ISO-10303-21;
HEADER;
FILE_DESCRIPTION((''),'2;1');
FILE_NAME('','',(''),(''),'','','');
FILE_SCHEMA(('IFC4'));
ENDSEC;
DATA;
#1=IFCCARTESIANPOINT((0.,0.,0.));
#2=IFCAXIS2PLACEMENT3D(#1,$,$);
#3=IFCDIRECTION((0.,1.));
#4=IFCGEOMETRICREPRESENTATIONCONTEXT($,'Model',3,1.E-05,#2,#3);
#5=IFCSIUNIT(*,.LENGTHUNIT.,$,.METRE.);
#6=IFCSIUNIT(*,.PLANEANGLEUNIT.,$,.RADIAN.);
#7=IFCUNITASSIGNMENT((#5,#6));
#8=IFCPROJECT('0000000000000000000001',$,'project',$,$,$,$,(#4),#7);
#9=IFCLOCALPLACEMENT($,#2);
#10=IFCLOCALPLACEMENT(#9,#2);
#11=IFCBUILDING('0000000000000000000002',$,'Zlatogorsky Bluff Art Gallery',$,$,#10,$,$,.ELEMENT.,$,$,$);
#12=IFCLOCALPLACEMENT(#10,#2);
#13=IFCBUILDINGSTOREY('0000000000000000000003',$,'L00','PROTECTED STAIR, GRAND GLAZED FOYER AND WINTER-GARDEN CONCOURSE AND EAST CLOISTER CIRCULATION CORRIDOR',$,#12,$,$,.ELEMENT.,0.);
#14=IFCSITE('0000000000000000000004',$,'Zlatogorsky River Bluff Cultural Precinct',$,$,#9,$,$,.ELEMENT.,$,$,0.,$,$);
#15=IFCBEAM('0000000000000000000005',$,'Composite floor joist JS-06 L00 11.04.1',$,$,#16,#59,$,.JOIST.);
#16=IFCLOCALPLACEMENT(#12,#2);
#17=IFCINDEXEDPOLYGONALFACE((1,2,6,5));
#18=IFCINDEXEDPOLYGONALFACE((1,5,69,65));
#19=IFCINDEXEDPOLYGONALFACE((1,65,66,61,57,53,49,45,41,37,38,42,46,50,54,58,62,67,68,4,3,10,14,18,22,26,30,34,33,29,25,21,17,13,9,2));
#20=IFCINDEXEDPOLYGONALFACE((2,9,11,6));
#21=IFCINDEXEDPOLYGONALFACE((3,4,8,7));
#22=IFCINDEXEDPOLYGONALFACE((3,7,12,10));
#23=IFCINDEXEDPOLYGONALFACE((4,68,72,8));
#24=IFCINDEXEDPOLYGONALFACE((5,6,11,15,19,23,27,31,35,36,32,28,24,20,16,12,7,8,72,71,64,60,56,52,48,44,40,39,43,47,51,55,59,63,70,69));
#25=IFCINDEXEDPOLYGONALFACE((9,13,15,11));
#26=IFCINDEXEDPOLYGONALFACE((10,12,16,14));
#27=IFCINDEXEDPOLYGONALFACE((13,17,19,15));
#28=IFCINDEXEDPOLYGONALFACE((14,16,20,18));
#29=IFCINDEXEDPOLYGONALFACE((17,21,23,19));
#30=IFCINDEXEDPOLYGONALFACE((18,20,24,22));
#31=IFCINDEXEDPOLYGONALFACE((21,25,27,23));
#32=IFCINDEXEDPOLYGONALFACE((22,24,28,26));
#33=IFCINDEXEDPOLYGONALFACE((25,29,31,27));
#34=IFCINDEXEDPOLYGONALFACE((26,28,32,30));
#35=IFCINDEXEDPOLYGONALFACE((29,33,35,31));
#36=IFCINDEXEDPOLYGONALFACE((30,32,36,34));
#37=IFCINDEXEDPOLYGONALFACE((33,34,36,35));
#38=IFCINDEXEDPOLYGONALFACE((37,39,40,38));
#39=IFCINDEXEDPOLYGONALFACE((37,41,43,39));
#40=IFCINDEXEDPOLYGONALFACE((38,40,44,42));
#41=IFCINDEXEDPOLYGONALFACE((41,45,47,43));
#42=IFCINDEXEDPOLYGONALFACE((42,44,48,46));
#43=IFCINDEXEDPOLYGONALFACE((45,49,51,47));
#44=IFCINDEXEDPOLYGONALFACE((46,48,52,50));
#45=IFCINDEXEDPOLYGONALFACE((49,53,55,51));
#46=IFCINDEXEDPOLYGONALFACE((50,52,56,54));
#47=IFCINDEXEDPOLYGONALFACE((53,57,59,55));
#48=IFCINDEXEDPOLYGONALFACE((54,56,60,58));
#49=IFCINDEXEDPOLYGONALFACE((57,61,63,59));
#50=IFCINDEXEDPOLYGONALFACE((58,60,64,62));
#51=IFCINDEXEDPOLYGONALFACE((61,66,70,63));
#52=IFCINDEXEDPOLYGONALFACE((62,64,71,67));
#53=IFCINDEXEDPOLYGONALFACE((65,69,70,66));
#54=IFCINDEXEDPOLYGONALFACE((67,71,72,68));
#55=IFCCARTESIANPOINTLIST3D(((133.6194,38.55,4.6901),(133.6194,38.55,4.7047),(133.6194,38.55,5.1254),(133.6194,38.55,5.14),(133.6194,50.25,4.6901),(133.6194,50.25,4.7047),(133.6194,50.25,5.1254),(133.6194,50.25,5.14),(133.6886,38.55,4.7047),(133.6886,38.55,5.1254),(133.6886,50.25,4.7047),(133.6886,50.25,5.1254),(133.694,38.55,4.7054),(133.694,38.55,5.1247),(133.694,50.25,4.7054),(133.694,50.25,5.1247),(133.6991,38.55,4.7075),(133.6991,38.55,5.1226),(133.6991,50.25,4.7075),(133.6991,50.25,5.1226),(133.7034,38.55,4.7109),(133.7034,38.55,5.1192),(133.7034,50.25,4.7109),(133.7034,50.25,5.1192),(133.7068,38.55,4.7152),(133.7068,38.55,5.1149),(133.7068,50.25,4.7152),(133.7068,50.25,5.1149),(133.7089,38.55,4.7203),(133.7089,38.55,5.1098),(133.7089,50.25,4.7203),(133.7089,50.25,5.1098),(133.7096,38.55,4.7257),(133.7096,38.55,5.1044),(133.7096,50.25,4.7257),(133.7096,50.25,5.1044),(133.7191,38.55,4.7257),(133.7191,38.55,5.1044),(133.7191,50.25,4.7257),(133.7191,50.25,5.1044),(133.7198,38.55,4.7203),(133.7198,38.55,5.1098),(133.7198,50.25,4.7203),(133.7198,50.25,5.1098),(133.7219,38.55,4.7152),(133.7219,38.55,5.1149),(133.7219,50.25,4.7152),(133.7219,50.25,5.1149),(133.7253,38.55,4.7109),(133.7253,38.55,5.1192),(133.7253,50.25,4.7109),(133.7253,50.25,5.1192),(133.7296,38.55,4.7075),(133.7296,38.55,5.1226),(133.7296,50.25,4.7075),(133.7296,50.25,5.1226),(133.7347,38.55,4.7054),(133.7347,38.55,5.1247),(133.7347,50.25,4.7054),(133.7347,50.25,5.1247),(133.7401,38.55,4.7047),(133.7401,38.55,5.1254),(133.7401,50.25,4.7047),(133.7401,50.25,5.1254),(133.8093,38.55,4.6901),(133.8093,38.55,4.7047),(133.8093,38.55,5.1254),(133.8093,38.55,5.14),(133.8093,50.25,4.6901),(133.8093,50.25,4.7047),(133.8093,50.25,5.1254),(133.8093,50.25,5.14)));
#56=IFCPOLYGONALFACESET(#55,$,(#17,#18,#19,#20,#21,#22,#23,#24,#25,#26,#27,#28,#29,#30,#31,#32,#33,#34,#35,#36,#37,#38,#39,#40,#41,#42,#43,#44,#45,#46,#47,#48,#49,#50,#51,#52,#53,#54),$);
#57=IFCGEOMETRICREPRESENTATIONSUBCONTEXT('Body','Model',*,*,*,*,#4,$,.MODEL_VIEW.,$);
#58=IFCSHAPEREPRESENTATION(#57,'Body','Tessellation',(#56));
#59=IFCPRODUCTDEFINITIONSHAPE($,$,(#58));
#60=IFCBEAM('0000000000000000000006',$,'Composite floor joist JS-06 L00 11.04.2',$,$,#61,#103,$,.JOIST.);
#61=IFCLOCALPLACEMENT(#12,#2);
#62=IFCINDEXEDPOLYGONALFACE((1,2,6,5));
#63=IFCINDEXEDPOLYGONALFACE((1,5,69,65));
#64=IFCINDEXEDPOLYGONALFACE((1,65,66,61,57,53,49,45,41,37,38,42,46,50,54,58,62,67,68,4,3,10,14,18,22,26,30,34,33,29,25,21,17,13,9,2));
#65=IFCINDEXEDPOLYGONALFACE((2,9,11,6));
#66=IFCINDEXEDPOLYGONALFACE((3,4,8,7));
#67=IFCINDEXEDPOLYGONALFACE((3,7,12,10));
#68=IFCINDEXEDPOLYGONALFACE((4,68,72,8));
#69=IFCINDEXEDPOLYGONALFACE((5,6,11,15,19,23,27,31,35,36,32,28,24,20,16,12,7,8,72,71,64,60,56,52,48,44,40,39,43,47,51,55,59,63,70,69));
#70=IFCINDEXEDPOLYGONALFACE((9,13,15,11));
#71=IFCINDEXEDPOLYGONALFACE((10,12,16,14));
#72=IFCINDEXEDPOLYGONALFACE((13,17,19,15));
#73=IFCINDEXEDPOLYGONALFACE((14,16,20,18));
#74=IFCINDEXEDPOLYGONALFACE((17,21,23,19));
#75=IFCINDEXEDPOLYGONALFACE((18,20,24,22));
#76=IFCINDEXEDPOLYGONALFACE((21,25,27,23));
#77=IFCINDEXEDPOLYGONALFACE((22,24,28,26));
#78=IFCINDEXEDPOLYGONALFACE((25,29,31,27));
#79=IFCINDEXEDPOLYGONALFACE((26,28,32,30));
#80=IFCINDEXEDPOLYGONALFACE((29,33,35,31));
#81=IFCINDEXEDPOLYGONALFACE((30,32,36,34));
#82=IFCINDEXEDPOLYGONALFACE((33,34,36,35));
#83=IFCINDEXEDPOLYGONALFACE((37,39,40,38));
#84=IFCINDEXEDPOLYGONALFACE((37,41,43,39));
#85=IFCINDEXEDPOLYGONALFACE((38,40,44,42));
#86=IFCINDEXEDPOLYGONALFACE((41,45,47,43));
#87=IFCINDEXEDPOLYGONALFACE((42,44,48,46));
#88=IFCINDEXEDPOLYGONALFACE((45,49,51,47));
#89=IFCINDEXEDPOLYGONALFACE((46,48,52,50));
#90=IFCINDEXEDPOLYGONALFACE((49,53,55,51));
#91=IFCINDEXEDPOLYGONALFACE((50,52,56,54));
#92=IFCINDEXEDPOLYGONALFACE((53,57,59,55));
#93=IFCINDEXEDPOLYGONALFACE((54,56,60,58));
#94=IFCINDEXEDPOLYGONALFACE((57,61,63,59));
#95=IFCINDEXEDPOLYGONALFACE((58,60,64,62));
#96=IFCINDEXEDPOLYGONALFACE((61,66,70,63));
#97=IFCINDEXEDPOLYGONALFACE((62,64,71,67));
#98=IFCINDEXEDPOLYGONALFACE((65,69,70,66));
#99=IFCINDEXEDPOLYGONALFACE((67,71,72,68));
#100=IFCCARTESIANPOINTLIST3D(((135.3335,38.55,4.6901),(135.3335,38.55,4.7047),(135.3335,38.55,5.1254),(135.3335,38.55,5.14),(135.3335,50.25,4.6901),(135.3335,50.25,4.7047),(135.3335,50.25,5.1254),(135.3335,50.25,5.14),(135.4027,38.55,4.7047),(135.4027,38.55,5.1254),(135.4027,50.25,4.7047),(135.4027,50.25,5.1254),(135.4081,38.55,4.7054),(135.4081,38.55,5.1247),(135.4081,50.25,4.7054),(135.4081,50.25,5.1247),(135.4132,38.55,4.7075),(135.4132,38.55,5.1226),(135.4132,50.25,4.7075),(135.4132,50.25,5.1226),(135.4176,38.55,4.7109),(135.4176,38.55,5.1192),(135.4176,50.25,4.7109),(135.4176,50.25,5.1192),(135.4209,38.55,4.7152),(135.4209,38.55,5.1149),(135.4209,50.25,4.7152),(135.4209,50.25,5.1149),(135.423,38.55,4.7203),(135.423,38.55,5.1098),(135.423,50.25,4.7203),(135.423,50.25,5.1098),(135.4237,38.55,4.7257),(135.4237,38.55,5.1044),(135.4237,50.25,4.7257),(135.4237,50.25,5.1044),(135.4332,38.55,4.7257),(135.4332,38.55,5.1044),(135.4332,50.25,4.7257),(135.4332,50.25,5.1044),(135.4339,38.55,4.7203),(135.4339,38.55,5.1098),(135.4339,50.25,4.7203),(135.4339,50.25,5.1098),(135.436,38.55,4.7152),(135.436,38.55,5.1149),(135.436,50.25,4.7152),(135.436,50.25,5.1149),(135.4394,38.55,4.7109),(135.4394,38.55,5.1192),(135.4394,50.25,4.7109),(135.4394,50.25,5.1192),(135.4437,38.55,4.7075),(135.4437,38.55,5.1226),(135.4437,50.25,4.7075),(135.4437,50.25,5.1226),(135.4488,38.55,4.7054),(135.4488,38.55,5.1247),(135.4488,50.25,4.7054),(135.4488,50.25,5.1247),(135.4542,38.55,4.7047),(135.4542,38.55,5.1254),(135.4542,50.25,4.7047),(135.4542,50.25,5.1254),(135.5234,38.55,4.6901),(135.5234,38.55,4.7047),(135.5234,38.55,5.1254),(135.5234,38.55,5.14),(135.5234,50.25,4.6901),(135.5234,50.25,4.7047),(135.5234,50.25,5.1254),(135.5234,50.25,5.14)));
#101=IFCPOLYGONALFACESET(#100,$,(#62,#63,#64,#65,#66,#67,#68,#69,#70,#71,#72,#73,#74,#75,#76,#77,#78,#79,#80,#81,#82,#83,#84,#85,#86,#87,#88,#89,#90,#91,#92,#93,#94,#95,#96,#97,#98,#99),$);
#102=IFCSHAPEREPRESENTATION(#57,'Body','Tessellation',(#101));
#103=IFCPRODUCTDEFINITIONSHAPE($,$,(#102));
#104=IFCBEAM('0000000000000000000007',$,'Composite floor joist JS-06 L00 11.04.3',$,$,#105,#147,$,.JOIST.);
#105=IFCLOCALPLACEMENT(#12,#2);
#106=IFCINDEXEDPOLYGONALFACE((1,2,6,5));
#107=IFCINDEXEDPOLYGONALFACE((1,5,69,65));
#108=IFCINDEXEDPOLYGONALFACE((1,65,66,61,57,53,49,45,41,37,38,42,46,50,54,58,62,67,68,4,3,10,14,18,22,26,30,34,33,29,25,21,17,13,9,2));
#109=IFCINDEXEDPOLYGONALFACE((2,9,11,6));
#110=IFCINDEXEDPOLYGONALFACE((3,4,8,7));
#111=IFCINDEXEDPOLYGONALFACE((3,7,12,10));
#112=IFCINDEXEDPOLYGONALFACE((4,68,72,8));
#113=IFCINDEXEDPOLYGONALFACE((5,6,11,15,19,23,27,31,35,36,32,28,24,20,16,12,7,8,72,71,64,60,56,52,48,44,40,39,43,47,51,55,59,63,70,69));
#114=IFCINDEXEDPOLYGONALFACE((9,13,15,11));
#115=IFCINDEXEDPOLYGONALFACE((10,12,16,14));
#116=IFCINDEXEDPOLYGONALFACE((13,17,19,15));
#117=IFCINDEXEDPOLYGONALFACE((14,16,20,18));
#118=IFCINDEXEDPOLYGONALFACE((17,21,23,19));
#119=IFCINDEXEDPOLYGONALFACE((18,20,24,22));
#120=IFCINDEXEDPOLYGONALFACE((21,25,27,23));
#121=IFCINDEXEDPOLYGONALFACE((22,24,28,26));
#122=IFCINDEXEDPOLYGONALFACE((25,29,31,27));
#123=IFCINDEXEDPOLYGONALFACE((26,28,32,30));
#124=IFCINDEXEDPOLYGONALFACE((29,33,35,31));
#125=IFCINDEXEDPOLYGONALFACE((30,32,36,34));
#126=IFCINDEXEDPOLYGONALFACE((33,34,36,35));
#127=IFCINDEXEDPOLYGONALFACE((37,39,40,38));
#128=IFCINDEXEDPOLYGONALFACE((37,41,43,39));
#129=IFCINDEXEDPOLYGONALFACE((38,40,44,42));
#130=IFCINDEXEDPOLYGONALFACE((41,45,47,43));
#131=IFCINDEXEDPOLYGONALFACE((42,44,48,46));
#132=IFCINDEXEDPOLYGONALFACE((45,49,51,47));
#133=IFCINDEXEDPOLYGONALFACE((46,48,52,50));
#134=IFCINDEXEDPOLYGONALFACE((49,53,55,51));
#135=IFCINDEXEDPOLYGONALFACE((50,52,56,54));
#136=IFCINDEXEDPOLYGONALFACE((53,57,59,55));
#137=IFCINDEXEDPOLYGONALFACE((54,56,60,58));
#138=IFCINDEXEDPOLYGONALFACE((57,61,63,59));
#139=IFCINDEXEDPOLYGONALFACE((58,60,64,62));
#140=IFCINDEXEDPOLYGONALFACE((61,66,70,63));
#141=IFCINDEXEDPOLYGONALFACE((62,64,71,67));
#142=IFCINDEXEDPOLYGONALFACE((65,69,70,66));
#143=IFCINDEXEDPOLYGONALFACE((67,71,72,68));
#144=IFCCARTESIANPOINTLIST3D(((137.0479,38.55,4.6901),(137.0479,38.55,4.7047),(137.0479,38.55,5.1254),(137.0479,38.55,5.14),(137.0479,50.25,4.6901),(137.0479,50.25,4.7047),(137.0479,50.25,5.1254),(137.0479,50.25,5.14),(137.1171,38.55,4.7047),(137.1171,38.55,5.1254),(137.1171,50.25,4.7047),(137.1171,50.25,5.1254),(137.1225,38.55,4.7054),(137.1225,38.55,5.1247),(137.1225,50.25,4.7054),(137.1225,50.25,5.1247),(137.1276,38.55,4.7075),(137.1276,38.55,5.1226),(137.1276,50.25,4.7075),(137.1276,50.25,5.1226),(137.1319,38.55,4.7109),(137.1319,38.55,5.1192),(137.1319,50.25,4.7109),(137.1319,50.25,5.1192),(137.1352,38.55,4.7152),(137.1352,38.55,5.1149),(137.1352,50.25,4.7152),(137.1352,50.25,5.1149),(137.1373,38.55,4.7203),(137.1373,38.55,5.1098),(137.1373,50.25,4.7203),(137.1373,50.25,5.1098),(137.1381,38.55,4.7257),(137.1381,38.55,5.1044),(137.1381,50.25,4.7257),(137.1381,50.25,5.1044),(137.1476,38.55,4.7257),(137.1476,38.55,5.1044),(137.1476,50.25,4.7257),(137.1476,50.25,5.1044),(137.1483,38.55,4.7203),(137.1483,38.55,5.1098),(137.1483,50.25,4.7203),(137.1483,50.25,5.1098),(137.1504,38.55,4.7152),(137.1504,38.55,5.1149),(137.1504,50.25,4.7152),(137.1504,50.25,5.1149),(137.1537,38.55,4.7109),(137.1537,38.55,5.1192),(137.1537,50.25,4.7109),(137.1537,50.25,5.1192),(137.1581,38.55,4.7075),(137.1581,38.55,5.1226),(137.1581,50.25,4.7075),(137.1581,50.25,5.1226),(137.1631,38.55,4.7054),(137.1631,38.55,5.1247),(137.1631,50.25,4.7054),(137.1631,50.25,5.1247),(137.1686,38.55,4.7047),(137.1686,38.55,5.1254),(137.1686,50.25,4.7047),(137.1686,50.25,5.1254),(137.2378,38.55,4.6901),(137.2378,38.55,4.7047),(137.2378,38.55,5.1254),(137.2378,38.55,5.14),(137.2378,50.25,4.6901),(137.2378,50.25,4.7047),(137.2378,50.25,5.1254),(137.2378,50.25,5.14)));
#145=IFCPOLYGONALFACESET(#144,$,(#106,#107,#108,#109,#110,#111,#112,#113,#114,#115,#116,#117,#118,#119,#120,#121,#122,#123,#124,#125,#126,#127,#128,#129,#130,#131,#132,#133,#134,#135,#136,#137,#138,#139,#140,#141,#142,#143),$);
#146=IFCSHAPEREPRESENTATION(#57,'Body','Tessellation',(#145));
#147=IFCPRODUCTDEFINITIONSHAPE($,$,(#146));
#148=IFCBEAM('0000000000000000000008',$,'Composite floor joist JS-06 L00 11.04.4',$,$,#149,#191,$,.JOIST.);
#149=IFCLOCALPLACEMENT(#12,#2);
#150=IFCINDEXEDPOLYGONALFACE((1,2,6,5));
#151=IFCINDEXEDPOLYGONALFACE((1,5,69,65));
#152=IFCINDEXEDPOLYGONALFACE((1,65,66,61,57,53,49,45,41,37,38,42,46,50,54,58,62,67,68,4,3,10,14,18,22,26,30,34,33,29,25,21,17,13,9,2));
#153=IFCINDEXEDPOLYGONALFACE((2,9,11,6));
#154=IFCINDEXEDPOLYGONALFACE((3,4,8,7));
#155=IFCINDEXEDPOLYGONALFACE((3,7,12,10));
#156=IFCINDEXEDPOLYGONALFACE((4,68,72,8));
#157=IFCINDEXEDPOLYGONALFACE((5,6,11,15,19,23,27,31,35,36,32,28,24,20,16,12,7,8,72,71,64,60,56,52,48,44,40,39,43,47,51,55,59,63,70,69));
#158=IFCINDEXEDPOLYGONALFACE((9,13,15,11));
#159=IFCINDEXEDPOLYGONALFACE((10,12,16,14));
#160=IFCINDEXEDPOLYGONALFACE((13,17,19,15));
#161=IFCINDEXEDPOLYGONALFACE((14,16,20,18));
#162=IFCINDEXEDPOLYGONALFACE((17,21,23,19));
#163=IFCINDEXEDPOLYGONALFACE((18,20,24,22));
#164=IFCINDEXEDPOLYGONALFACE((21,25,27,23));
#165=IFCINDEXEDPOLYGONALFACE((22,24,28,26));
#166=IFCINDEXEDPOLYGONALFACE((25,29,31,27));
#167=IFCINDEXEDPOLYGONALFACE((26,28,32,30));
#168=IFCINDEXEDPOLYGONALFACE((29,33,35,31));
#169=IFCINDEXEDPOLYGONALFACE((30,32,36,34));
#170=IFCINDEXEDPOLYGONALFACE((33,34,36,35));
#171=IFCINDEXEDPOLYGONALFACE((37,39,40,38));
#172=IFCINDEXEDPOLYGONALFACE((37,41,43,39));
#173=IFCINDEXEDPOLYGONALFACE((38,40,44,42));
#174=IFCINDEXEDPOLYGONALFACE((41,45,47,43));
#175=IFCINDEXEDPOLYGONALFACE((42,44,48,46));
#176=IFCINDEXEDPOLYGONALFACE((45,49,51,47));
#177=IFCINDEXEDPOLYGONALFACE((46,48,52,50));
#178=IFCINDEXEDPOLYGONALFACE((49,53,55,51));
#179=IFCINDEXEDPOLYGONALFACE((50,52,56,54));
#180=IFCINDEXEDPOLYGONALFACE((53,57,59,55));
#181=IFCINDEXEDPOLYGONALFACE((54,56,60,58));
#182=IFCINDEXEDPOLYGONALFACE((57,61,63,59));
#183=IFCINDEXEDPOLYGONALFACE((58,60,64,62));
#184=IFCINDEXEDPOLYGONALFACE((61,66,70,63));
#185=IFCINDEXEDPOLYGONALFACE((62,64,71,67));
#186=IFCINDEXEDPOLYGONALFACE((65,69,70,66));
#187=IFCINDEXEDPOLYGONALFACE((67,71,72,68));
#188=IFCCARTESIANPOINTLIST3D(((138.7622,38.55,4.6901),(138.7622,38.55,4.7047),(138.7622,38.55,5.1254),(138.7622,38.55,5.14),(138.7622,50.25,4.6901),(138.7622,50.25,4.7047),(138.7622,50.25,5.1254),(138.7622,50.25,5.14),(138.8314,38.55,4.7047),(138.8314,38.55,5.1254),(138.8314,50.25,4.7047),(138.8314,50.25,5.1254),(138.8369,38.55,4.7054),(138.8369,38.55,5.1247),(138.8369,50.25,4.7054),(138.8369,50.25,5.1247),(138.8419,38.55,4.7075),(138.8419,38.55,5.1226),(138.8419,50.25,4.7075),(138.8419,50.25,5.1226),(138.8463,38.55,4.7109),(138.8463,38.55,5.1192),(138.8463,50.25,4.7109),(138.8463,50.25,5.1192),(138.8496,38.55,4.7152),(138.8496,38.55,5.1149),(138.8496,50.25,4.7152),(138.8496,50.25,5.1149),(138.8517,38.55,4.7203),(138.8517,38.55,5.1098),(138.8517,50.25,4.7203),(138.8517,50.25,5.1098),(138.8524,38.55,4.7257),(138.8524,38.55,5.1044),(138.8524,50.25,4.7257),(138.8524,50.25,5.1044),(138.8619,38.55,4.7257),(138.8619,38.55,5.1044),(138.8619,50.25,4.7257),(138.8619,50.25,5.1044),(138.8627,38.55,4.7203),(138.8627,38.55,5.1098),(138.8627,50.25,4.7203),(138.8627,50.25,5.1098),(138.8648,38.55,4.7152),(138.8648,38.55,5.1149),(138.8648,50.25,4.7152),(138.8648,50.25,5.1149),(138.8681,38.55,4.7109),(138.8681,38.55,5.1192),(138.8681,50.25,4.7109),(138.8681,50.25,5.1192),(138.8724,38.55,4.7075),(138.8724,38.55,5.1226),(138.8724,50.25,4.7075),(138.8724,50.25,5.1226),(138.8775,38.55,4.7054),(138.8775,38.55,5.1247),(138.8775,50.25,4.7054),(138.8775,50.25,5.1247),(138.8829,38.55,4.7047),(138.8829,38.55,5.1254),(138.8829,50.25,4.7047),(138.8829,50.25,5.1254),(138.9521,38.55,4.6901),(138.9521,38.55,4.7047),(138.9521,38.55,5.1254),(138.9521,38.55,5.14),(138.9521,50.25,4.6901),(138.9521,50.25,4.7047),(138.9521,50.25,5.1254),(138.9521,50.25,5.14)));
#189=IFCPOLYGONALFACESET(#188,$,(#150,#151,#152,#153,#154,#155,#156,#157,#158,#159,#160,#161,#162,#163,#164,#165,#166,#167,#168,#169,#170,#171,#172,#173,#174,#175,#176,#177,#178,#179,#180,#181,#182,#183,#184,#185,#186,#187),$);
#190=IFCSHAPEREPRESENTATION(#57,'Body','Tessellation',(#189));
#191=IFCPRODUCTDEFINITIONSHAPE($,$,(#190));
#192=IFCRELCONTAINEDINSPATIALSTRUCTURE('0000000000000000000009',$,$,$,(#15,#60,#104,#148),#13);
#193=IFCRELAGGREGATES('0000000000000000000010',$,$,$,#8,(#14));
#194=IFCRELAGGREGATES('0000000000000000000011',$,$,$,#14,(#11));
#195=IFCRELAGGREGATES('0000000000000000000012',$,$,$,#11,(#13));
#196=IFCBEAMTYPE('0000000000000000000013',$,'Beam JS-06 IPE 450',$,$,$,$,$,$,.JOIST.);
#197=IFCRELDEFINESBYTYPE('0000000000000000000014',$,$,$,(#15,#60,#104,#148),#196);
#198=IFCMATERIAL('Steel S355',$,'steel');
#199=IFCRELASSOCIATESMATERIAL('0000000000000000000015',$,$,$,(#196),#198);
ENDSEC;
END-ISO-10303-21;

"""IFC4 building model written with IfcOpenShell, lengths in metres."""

from ifc_helpers import new_model, si_unit, direction, frame, origin, origin_2d, place, context, subcontext, project, spatial, i_section, extrude, material, material_profile, profile_set, type_object, element, save


model = new_model("IFC4")

# Units and contexts
model_context = context("Model", 3, precision=1e-05, world=origin(), true_north=direction((0.0, 1.0)))
body_context = subcontext(model_context, "Body", "Model", "MODEL_VIEW")
ifc_project = project(units=[si_unit("LENGTHUNIT", "METRE"), si_unit("PLANEANGLEUNIT", "RADIAN")], contexts=[model_context])

# Site, building, storey
site_placement = place(None, origin())
site = spatial("IfcSite", under=ifc_project, at=site_placement, Name="Zlatogorsky River Bluff Cultural Precinct", CompositionType="ELEMENT", RefElevation=0.0)
building_placement = place(site_placement, origin())
building = spatial("IfcBuilding", under=site, at=building_placement, Name="Zlatogorsky Bluff Art Gallery", CompositionType="ELEMENT")
storey_placement = place(building_placement, origin())
storey = spatial("IfcBuildingStorey", under=building, at=storey_placement, Name="L00", Description="PROTECTED STAIR, GRAND GLAZED FOYER AND WINTER-GARDEN CONCOURSE AND EAST CLOISTER CIRCULATION CORRIDOR", CompositionType="ELEMENT", Elevation=0.0)

# Beams
ifc_material_1 = material(Name="Steel S355", Category="steel")
ifc_material_profile_1 = material_profile(ifc_material_1, i_section(OverallWidth=0.1899, OverallDepth=0.45, WebThickness=0.0095, FlangeThickness=0.0146, FilletRadius=0.021, at=origin_2d()), Name="IPE 450")
ifc_profile_set_1 = profile_set([ifc_material_profile_1], Name="Steel S355")
beam_type_1 = type_object("IfcBeamType", Name="Beam JS-06 IPE 450", PredefinedType="JOIST", material=ifc_profile_set_1)
for number, where, z_axis, x_axis, name in (
    (1, (133.7144, 38.55, 4.915), (0.0, 1.0, 0.0), (-1.0, 0.0, 0.0), "Composite floor joist JS-06 L00 11.04.1"),
    (2, (135.4285, 38.55, 4.915), (0.0, 1.0, 0.0), (-1.0, 0.0, 0.0), "Composite floor joist JS-06 L00 11.04.2"),
    (3, (137.1428, 38.55, 4.915), (0.0, 1.0, 0.0), (-1.0, 0.0, 0.0), "Composite floor joist JS-06 L00 11.04.3"),
    (4, (138.8572, 38.55, 4.915), (0.0, 1.0, 0.0), (-1.0, 0.0, 0.0), "Composite floor joist JS-06 L00 11.04.4"),
):
    element("IfcBeam", number, at=place(storey_placement, frame(where, z_axis=z_axis, x_axis=x_axis)), inside=storey, type_object=beam_type_1, Name=name, PredefinedType="JOIST", context=body_context, shape_type="SweptSolid", body=[
        extrude(i_section(OverallWidth=0.1899, OverallDepth=0.45, WebThickness=0.0095, FlangeThickness=0.0146, FilletRadius=0.021, at=origin_2d()), origin(), (0.0, 0.0, 1.0), 11.7),
    ])

save(model, "model.ifc")
